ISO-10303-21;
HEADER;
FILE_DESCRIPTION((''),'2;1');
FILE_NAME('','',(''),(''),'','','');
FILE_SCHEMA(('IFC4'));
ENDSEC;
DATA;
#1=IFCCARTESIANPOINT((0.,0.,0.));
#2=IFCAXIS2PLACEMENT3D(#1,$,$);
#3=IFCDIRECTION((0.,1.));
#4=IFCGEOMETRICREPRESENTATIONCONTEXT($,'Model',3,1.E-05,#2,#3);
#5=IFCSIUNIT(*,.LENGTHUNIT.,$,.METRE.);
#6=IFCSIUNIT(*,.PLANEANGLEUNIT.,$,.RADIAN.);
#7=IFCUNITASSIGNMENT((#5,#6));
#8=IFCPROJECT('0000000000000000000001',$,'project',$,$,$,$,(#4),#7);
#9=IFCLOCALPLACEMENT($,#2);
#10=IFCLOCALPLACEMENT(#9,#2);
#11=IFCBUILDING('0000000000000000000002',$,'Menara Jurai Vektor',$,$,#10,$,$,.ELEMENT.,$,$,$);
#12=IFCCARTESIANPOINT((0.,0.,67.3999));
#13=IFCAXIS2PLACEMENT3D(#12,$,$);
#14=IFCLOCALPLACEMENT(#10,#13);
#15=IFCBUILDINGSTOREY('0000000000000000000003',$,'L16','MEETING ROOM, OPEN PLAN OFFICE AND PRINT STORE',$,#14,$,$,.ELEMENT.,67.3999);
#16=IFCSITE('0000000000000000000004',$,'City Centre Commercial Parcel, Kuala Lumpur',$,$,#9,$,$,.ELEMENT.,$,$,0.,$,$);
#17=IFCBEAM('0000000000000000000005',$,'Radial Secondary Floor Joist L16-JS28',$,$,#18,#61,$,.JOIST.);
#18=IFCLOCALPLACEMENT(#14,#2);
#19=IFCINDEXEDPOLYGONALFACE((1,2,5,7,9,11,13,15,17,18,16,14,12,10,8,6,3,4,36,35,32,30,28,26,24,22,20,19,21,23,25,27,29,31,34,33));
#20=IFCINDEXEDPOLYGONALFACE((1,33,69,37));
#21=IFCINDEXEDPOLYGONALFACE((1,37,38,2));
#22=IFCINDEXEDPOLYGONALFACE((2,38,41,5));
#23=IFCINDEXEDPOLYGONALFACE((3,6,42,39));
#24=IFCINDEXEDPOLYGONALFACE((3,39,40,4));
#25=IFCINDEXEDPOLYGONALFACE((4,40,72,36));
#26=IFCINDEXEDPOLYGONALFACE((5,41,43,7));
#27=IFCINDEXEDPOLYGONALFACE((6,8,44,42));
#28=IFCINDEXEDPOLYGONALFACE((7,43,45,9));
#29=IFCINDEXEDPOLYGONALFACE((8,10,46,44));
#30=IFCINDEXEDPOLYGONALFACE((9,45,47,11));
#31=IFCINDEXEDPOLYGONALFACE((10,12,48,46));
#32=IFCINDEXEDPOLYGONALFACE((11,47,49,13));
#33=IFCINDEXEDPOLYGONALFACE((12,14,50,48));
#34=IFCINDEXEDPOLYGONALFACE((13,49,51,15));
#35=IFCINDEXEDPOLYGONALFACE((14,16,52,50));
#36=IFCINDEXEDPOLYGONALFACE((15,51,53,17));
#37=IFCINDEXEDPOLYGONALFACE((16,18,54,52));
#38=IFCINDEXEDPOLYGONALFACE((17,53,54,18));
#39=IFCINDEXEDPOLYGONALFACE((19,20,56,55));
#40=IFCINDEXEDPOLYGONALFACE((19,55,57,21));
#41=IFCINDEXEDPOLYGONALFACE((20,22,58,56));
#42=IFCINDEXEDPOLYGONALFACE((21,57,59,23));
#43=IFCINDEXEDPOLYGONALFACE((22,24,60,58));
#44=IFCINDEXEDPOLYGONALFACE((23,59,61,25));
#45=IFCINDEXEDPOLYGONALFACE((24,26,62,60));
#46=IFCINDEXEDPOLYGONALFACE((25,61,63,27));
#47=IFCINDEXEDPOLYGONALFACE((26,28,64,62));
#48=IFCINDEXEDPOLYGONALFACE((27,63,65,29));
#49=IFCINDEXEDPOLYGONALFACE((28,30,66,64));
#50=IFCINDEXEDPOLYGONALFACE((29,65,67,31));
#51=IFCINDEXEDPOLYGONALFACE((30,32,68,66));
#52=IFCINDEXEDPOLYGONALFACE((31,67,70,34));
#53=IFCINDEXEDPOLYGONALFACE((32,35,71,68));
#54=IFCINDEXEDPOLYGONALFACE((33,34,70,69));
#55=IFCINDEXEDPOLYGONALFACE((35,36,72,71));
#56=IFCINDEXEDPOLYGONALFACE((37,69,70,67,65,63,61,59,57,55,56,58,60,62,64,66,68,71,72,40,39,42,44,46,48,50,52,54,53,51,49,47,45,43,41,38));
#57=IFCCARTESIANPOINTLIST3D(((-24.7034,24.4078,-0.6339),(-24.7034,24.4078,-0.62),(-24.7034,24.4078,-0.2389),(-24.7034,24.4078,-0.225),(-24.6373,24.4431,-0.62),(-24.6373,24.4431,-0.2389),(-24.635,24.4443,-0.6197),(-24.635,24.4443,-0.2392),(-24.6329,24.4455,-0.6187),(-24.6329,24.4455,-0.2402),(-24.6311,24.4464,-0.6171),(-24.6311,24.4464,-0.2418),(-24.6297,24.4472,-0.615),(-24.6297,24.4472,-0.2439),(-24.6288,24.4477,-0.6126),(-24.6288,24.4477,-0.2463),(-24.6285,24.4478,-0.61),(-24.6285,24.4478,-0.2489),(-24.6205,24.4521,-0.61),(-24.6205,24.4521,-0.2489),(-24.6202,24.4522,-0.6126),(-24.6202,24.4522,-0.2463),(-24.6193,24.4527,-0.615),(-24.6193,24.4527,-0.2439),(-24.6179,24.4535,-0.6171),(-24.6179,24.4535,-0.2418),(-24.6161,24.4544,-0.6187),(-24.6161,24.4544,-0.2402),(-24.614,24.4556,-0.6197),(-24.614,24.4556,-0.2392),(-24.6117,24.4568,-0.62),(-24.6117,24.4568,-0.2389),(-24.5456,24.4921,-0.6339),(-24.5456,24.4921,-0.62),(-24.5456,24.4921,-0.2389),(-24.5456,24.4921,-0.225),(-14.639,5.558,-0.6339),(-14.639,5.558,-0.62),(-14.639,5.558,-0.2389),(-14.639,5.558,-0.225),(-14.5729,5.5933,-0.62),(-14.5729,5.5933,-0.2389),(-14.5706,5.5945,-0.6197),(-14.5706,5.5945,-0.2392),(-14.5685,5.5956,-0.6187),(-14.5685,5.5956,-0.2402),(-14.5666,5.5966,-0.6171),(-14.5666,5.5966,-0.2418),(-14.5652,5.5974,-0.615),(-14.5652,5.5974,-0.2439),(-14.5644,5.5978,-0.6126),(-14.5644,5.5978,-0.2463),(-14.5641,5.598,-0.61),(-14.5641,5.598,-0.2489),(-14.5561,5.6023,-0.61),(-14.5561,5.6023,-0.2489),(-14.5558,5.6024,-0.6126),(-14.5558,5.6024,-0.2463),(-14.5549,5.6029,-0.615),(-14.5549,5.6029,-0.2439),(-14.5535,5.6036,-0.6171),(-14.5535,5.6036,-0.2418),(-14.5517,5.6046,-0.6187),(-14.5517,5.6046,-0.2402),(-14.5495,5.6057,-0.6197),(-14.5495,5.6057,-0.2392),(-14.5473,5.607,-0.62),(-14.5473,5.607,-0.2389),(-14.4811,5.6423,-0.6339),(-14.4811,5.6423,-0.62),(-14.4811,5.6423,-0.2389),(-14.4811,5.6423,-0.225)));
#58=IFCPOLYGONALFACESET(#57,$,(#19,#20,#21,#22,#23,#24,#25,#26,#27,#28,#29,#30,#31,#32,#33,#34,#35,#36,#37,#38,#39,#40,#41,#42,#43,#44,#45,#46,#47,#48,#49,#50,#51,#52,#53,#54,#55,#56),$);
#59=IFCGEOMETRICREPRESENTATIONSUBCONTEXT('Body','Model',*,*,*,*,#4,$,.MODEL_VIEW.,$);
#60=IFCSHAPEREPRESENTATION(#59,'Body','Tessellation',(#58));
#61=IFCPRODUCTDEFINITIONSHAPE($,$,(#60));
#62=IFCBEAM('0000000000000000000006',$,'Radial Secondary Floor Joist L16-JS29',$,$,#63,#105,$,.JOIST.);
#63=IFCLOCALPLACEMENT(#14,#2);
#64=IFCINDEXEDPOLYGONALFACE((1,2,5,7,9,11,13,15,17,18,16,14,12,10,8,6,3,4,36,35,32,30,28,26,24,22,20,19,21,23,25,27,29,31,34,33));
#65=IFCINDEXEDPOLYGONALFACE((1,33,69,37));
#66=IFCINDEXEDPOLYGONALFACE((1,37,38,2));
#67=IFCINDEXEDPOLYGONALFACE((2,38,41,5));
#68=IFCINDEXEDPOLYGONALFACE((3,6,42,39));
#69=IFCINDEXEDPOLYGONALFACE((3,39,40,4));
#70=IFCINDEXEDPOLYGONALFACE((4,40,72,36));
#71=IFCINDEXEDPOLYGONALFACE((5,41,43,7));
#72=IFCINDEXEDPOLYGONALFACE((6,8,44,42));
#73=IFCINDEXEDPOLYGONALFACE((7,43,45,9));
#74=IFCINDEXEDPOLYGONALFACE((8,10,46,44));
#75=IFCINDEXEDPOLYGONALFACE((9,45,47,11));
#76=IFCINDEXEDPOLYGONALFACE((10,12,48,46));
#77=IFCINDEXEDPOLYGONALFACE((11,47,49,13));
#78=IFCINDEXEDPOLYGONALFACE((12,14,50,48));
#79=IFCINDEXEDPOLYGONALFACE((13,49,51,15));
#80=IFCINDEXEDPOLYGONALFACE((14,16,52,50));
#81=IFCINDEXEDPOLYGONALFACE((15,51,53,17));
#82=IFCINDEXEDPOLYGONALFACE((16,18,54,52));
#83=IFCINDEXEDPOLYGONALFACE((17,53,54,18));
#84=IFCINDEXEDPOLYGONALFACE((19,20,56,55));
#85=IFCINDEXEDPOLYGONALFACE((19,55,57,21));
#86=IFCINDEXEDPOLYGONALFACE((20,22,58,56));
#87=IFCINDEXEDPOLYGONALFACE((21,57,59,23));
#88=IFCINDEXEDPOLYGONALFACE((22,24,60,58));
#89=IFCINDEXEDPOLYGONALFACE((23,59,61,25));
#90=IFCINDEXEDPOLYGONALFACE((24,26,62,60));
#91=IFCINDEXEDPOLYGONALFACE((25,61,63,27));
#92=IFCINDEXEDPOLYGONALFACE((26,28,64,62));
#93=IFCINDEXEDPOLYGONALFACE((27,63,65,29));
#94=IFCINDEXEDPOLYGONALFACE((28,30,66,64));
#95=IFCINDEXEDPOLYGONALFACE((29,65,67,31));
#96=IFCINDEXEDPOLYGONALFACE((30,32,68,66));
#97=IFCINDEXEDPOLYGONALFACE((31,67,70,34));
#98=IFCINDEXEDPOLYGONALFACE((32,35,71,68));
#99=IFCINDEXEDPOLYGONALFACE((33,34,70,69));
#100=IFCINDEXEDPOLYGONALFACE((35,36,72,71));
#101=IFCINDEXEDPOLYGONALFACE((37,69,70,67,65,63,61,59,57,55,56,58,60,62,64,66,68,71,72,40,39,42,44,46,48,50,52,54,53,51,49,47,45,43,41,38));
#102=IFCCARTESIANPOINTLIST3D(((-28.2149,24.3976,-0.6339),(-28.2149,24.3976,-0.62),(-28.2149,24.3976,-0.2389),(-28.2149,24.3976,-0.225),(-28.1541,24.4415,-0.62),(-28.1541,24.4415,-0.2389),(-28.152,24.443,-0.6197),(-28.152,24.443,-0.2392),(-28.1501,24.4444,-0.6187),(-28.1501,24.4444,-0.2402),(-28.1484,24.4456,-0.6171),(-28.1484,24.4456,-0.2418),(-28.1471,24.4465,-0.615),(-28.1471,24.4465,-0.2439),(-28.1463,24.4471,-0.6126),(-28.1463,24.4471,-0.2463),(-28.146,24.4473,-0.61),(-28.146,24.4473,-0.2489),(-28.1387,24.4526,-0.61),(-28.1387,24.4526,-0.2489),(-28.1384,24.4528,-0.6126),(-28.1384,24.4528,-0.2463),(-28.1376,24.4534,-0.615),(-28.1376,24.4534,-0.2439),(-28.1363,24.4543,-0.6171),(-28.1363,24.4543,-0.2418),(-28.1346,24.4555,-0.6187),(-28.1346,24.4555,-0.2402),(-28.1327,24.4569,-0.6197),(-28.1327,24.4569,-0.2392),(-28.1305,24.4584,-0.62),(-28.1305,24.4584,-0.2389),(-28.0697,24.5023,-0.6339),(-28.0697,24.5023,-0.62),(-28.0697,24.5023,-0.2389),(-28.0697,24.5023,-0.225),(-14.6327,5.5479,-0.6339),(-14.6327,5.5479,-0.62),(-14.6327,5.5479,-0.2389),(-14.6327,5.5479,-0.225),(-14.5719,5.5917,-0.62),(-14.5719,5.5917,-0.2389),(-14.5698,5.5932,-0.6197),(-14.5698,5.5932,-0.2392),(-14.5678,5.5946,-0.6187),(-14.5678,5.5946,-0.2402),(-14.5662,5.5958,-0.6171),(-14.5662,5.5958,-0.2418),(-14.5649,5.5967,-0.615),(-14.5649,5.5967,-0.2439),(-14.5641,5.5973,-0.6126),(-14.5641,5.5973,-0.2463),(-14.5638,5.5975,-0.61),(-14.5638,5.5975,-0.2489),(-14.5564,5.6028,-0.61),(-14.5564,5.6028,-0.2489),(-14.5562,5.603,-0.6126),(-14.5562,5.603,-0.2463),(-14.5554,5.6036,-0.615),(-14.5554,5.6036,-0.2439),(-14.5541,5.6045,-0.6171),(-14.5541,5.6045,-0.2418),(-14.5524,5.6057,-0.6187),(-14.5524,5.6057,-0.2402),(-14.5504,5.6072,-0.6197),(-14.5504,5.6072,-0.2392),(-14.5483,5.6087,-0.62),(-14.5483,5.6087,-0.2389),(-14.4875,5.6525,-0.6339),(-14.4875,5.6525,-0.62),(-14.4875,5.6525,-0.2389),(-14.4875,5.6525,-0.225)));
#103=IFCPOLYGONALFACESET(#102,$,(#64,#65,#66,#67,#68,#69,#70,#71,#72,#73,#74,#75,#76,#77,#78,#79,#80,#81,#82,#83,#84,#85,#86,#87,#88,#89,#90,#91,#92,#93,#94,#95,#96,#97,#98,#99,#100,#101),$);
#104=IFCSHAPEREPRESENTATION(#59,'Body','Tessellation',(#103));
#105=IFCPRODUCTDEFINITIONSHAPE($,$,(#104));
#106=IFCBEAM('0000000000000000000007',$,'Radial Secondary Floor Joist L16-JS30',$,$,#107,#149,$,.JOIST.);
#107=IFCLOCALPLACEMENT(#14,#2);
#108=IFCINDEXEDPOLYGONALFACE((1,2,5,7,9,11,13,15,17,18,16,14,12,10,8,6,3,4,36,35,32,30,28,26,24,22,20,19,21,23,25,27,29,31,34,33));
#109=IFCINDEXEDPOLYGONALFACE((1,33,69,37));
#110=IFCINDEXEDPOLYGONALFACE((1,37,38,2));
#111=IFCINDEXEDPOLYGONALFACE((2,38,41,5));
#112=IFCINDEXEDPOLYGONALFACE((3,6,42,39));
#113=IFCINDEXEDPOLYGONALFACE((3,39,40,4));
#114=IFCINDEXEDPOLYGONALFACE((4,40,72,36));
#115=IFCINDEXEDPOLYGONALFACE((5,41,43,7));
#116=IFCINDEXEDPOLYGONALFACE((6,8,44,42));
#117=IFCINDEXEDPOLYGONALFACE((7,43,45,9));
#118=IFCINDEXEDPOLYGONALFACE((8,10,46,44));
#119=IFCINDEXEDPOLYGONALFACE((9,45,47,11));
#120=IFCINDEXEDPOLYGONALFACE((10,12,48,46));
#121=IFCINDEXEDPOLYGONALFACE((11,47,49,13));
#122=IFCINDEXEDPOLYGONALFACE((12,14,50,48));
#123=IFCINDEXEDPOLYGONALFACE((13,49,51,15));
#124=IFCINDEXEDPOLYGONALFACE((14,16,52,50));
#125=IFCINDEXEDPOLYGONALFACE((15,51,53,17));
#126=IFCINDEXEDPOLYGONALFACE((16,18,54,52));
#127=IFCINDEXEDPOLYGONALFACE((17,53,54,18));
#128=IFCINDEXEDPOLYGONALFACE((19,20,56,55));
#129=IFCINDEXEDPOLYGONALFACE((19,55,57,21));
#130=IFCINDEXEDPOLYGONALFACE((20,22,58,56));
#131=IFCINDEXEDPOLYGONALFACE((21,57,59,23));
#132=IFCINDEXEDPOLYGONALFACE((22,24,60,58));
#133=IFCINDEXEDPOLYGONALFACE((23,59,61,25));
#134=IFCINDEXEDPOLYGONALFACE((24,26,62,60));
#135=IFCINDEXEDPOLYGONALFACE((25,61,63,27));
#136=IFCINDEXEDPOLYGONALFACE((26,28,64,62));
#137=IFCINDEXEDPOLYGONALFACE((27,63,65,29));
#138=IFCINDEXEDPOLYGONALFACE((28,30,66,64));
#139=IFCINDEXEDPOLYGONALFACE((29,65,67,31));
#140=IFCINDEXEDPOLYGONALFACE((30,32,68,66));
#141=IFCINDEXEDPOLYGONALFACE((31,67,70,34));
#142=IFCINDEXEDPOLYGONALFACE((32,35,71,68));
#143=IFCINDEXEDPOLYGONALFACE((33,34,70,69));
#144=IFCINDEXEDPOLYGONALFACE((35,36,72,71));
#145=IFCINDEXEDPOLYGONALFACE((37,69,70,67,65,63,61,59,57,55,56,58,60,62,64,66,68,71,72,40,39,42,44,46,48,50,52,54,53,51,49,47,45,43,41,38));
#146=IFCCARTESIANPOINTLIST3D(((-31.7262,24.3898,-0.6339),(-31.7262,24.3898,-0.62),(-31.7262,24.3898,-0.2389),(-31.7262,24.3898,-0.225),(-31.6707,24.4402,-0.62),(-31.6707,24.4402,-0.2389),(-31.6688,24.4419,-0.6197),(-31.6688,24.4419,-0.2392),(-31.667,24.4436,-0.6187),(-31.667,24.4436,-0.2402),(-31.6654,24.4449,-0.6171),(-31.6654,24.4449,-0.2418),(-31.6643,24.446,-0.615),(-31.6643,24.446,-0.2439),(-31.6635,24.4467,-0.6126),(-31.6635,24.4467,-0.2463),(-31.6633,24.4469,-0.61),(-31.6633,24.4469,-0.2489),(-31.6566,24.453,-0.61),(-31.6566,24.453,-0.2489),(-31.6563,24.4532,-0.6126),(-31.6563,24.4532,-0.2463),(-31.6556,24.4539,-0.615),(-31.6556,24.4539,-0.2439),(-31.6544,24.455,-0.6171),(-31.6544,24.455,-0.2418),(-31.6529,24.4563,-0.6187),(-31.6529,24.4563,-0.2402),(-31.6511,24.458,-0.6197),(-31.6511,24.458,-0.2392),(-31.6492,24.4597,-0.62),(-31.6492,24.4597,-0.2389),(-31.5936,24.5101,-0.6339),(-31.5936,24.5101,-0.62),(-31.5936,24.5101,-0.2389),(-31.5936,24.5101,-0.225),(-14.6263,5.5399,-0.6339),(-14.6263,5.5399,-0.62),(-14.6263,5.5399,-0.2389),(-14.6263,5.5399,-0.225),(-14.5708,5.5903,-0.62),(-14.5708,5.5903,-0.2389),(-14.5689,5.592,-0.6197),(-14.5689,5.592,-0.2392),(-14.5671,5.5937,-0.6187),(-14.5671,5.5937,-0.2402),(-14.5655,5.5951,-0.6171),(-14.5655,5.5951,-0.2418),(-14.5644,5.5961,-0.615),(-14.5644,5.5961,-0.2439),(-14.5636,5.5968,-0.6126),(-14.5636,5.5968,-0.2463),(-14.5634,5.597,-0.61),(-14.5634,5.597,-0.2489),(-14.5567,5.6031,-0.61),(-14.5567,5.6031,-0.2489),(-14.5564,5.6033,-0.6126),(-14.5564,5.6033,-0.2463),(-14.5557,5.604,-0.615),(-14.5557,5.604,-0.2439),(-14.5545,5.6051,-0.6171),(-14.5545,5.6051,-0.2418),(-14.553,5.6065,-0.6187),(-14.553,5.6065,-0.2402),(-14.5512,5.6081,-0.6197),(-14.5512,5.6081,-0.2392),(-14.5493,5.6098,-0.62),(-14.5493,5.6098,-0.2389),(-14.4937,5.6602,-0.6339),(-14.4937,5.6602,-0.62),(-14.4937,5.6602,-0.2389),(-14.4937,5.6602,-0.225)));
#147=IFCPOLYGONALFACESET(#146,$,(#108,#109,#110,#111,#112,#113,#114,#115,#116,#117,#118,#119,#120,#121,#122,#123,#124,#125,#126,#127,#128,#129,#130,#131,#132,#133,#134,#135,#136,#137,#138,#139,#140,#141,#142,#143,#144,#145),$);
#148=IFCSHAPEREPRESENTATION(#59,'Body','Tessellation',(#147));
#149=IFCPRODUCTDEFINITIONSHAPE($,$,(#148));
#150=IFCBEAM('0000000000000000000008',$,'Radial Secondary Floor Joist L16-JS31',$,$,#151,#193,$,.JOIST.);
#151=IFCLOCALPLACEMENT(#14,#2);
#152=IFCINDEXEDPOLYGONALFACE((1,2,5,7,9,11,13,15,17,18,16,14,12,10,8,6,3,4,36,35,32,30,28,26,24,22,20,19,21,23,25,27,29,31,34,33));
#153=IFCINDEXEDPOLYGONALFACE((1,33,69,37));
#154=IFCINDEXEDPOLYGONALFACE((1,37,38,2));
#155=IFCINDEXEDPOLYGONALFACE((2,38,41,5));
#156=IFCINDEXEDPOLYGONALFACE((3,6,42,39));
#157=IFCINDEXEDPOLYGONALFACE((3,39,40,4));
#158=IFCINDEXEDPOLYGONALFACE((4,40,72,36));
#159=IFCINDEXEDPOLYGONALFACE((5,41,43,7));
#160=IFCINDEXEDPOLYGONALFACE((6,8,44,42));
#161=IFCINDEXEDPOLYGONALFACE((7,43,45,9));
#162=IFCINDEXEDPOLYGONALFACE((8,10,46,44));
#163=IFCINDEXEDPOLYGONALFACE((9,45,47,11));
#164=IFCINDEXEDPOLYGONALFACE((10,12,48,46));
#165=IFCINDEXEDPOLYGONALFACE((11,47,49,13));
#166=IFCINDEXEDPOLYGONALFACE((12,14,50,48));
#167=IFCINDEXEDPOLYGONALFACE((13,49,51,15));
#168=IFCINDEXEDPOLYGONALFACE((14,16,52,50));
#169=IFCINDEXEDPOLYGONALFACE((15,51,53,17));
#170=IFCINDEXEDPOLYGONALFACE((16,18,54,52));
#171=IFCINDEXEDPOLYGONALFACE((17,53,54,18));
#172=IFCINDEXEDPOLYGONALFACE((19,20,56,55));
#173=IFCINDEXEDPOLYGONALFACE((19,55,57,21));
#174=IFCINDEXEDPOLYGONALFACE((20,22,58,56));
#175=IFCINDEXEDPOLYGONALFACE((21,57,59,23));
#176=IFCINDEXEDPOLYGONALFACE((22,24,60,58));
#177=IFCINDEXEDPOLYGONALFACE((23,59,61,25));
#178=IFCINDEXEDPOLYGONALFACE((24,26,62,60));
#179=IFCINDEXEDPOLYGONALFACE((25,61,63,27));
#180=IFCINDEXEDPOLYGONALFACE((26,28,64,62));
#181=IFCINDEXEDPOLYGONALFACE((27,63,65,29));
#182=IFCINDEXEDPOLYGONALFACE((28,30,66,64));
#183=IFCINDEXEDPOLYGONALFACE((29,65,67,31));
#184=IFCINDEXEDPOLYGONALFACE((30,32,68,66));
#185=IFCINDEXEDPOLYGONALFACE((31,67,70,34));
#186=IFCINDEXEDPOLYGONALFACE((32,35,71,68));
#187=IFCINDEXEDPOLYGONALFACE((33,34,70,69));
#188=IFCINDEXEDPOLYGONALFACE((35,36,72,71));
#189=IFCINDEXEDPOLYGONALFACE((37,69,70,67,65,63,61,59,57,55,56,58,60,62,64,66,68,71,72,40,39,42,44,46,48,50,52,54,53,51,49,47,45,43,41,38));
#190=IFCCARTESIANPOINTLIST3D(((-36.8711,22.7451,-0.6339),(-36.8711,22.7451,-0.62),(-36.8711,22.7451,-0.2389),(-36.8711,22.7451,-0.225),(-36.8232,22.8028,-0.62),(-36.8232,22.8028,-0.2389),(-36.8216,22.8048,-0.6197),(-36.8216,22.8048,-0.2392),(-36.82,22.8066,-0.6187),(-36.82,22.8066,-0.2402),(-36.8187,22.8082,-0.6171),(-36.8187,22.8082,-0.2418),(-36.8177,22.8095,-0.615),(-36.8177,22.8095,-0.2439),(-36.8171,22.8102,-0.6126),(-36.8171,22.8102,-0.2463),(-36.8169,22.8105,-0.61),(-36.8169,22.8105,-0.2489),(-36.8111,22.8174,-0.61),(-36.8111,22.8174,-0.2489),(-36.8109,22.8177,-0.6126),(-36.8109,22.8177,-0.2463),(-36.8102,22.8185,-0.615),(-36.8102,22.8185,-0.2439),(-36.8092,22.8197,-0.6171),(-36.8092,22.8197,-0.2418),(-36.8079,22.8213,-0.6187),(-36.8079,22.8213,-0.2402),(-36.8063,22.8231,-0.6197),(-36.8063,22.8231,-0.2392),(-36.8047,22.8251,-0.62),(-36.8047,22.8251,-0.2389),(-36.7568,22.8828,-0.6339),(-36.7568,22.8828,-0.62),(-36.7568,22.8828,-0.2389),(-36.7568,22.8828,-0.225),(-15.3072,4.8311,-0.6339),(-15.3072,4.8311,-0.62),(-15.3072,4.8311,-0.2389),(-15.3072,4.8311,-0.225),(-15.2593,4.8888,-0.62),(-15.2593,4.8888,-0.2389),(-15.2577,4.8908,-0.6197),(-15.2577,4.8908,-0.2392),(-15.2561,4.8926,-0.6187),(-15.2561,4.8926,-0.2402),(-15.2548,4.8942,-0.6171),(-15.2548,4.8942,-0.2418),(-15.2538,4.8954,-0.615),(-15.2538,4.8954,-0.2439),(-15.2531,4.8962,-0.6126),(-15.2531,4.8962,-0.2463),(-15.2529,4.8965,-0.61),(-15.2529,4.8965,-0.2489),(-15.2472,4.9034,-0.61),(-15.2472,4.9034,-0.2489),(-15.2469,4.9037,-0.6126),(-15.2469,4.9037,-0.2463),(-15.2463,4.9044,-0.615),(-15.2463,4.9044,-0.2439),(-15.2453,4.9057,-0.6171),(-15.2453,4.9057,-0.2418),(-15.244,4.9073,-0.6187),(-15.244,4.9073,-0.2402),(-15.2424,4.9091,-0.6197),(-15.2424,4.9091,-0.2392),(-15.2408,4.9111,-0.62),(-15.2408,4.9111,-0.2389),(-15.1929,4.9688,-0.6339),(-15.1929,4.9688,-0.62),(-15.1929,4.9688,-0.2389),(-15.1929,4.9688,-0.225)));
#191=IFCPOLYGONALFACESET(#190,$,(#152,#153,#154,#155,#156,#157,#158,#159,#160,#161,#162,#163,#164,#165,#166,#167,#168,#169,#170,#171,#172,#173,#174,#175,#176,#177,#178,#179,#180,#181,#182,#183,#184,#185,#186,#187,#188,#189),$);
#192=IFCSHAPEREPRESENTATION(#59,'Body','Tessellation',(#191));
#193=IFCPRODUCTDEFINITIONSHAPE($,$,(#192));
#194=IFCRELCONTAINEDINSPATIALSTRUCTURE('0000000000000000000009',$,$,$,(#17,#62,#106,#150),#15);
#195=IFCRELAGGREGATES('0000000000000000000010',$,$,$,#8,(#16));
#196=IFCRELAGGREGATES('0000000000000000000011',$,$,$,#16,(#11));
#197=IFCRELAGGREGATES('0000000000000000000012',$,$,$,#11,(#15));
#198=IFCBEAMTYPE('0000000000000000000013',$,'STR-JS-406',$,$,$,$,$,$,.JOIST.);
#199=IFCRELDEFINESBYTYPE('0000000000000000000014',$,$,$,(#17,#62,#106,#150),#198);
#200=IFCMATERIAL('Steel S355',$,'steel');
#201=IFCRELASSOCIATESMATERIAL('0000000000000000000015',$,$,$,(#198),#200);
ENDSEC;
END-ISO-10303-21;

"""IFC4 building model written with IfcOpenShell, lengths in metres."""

from ifc_helpers import new_model, si_unit, direction, frame, origin, origin_2d, place, context, subcontext, project, spatial, i_section, extrude, material, material_profile, profile_set, type_object, element, save


model = new_model("IFC4")

# Units and contexts
model_context = context("Model", 3, precision=1e-05, world=origin(), true_north=direction((0.0, 1.0)))
body_context = subcontext(model_context, "Body", "Model", "MODEL_VIEW")
ifc_project = project(units=[si_unit("LENGTHUNIT", "METRE"), si_unit("PLANEANGLEUNIT", "RADIAN")], contexts=[model_context])

# Site, building, storey
site_placement = place(None, origin())
site = spatial("IfcSite", under=ifc_project, at=site_placement, Name="City Centre Commercial Parcel, Kuala Lumpur", CompositionType="ELEMENT", RefElevation=0.0)
building_placement = place(site_placement, origin())
building = spatial("IfcBuilding", under=site, at=building_placement, Name="Menara Jurai Vektor", CompositionType="ELEMENT")
storey_placement = place(building_placement, frame((0.0, 0.0, 67.3999)))
storey = spatial("IfcBuildingStorey", under=building, at=storey_placement, Name="L16", Description="MEETING ROOM, OPEN PLAN OFFICE AND PRINT STORE", CompositionType="ELEMENT", Elevation=67.3999)

# Shared definitions
ifc_material_1 = material(Name="Steel S355", Category="steel")

# Beams
ifc_material_profile_1 = material_profile(ifc_material_1, i_section(OverallWidth=0.179, OverallDepth=0.4089, WebThickness=0.009, FlangeThickness=0.0139, FilletRadius=0.01, at=origin_2d()), Name="UKB 406x178x67")
ifc_profile_set_1 = profile_set([ifc_material_profile_1], Name="Steel S355")
beam_type_1 = type_object("IfcBeamType", Name="STR-JS-406", PredefinedType="JOIST", material=ifc_profile_set_1)
beam_1_placement = place(storey_placement, frame((-24.6245, 24.45, -0.4294), z_axis=(0.470996, -0.882135, 0.0), x_axis=(0.882135, 0.470996, 0.0)))
element("IfcBeam", 1, at=beam_1_placement, inside=storey, type_object=beam_type_1, Name="Radial Secondary Floor Joist L16-JS28", PredefinedType="JOIST", context=body_context, shape_type="SweptSolid", body=[
    extrude(i_section(OverallWidth=0.179, OverallDepth=0.4089, WebThickness=0.009, FlangeThickness=0.0139, FilletRadius=0.01, at=origin_2d()), origin(), (0.0, 0.0, 1.0), 21.3684),
])
beam_2_placement = place(storey_placement, frame((-28.1423, 24.45, -0.4294), z_axis=(0.584599, -0.811322, 0.0), x_axis=(0.811322, 0.584599, 0.0)))
element("IfcBeam", 2, at=beam_2_placement, inside=storey, type_object=beam_type_1, Name="Radial Secondary Floor Joist L16-JS29", PredefinedType="JOIST", context=body_context, shape_type="SweptSolid", body=[
    extrude(i_section(OverallWidth=0.179, OverallDepth=0.4089, WebThickness=0.009, FlangeThickness=0.0139, FilletRadius=0.01, at=origin_2d()), origin(), (0.0, 0.0, 1.0), 23.2334),
])
beam_3_placement = place(storey_placement, frame((-31.6599, 24.45, -0.4294), z_axis=(0.67189, -0.740651, 0.0), x_axis=(0.740651, 0.67189, 0.0)))
element("IfcBeam", 3, at=beam_3_placement, inside=storey, type_object=beam_type_1, Name="Radial Secondary Floor Joist L16-JS30", PredefinedType="JOIST", context=body_context, shape_type="SweptSolid", body=[
    extrude(i_section(OverallWidth=0.179, OverallDepth=0.4089, WebThickness=0.009, FlangeThickness=0.0139, FilletRadius=0.01, at=origin_2d()), origin(), (0.0, 0.0, 1.0), 25.4504),
])
beam_4_placement = place(storey_placement, frame((-36.814, 22.814, -0.4294), z_axis=(0.769201, -0.639007, 0.0), x_axis=(0.639007, 0.769201, 0.0)))
element("IfcBeam", 4, at=beam_4_placement, inside=storey, type_object=beam_type_1, Name="Radial Secondary Floor Joist L16-JS31", PredefinedType="JOIST", context=body_context, shape_type="SweptSolid", body=[
    extrude(i_section(OverallWidth=0.179, OverallDepth=0.4089, WebThickness=0.009, FlangeThickness=0.0139, FilletRadius=0.01, at=origin_2d()), origin(), (0.0, 0.0, 1.0), 28.0342),
])

save(model, "model.ifc")
